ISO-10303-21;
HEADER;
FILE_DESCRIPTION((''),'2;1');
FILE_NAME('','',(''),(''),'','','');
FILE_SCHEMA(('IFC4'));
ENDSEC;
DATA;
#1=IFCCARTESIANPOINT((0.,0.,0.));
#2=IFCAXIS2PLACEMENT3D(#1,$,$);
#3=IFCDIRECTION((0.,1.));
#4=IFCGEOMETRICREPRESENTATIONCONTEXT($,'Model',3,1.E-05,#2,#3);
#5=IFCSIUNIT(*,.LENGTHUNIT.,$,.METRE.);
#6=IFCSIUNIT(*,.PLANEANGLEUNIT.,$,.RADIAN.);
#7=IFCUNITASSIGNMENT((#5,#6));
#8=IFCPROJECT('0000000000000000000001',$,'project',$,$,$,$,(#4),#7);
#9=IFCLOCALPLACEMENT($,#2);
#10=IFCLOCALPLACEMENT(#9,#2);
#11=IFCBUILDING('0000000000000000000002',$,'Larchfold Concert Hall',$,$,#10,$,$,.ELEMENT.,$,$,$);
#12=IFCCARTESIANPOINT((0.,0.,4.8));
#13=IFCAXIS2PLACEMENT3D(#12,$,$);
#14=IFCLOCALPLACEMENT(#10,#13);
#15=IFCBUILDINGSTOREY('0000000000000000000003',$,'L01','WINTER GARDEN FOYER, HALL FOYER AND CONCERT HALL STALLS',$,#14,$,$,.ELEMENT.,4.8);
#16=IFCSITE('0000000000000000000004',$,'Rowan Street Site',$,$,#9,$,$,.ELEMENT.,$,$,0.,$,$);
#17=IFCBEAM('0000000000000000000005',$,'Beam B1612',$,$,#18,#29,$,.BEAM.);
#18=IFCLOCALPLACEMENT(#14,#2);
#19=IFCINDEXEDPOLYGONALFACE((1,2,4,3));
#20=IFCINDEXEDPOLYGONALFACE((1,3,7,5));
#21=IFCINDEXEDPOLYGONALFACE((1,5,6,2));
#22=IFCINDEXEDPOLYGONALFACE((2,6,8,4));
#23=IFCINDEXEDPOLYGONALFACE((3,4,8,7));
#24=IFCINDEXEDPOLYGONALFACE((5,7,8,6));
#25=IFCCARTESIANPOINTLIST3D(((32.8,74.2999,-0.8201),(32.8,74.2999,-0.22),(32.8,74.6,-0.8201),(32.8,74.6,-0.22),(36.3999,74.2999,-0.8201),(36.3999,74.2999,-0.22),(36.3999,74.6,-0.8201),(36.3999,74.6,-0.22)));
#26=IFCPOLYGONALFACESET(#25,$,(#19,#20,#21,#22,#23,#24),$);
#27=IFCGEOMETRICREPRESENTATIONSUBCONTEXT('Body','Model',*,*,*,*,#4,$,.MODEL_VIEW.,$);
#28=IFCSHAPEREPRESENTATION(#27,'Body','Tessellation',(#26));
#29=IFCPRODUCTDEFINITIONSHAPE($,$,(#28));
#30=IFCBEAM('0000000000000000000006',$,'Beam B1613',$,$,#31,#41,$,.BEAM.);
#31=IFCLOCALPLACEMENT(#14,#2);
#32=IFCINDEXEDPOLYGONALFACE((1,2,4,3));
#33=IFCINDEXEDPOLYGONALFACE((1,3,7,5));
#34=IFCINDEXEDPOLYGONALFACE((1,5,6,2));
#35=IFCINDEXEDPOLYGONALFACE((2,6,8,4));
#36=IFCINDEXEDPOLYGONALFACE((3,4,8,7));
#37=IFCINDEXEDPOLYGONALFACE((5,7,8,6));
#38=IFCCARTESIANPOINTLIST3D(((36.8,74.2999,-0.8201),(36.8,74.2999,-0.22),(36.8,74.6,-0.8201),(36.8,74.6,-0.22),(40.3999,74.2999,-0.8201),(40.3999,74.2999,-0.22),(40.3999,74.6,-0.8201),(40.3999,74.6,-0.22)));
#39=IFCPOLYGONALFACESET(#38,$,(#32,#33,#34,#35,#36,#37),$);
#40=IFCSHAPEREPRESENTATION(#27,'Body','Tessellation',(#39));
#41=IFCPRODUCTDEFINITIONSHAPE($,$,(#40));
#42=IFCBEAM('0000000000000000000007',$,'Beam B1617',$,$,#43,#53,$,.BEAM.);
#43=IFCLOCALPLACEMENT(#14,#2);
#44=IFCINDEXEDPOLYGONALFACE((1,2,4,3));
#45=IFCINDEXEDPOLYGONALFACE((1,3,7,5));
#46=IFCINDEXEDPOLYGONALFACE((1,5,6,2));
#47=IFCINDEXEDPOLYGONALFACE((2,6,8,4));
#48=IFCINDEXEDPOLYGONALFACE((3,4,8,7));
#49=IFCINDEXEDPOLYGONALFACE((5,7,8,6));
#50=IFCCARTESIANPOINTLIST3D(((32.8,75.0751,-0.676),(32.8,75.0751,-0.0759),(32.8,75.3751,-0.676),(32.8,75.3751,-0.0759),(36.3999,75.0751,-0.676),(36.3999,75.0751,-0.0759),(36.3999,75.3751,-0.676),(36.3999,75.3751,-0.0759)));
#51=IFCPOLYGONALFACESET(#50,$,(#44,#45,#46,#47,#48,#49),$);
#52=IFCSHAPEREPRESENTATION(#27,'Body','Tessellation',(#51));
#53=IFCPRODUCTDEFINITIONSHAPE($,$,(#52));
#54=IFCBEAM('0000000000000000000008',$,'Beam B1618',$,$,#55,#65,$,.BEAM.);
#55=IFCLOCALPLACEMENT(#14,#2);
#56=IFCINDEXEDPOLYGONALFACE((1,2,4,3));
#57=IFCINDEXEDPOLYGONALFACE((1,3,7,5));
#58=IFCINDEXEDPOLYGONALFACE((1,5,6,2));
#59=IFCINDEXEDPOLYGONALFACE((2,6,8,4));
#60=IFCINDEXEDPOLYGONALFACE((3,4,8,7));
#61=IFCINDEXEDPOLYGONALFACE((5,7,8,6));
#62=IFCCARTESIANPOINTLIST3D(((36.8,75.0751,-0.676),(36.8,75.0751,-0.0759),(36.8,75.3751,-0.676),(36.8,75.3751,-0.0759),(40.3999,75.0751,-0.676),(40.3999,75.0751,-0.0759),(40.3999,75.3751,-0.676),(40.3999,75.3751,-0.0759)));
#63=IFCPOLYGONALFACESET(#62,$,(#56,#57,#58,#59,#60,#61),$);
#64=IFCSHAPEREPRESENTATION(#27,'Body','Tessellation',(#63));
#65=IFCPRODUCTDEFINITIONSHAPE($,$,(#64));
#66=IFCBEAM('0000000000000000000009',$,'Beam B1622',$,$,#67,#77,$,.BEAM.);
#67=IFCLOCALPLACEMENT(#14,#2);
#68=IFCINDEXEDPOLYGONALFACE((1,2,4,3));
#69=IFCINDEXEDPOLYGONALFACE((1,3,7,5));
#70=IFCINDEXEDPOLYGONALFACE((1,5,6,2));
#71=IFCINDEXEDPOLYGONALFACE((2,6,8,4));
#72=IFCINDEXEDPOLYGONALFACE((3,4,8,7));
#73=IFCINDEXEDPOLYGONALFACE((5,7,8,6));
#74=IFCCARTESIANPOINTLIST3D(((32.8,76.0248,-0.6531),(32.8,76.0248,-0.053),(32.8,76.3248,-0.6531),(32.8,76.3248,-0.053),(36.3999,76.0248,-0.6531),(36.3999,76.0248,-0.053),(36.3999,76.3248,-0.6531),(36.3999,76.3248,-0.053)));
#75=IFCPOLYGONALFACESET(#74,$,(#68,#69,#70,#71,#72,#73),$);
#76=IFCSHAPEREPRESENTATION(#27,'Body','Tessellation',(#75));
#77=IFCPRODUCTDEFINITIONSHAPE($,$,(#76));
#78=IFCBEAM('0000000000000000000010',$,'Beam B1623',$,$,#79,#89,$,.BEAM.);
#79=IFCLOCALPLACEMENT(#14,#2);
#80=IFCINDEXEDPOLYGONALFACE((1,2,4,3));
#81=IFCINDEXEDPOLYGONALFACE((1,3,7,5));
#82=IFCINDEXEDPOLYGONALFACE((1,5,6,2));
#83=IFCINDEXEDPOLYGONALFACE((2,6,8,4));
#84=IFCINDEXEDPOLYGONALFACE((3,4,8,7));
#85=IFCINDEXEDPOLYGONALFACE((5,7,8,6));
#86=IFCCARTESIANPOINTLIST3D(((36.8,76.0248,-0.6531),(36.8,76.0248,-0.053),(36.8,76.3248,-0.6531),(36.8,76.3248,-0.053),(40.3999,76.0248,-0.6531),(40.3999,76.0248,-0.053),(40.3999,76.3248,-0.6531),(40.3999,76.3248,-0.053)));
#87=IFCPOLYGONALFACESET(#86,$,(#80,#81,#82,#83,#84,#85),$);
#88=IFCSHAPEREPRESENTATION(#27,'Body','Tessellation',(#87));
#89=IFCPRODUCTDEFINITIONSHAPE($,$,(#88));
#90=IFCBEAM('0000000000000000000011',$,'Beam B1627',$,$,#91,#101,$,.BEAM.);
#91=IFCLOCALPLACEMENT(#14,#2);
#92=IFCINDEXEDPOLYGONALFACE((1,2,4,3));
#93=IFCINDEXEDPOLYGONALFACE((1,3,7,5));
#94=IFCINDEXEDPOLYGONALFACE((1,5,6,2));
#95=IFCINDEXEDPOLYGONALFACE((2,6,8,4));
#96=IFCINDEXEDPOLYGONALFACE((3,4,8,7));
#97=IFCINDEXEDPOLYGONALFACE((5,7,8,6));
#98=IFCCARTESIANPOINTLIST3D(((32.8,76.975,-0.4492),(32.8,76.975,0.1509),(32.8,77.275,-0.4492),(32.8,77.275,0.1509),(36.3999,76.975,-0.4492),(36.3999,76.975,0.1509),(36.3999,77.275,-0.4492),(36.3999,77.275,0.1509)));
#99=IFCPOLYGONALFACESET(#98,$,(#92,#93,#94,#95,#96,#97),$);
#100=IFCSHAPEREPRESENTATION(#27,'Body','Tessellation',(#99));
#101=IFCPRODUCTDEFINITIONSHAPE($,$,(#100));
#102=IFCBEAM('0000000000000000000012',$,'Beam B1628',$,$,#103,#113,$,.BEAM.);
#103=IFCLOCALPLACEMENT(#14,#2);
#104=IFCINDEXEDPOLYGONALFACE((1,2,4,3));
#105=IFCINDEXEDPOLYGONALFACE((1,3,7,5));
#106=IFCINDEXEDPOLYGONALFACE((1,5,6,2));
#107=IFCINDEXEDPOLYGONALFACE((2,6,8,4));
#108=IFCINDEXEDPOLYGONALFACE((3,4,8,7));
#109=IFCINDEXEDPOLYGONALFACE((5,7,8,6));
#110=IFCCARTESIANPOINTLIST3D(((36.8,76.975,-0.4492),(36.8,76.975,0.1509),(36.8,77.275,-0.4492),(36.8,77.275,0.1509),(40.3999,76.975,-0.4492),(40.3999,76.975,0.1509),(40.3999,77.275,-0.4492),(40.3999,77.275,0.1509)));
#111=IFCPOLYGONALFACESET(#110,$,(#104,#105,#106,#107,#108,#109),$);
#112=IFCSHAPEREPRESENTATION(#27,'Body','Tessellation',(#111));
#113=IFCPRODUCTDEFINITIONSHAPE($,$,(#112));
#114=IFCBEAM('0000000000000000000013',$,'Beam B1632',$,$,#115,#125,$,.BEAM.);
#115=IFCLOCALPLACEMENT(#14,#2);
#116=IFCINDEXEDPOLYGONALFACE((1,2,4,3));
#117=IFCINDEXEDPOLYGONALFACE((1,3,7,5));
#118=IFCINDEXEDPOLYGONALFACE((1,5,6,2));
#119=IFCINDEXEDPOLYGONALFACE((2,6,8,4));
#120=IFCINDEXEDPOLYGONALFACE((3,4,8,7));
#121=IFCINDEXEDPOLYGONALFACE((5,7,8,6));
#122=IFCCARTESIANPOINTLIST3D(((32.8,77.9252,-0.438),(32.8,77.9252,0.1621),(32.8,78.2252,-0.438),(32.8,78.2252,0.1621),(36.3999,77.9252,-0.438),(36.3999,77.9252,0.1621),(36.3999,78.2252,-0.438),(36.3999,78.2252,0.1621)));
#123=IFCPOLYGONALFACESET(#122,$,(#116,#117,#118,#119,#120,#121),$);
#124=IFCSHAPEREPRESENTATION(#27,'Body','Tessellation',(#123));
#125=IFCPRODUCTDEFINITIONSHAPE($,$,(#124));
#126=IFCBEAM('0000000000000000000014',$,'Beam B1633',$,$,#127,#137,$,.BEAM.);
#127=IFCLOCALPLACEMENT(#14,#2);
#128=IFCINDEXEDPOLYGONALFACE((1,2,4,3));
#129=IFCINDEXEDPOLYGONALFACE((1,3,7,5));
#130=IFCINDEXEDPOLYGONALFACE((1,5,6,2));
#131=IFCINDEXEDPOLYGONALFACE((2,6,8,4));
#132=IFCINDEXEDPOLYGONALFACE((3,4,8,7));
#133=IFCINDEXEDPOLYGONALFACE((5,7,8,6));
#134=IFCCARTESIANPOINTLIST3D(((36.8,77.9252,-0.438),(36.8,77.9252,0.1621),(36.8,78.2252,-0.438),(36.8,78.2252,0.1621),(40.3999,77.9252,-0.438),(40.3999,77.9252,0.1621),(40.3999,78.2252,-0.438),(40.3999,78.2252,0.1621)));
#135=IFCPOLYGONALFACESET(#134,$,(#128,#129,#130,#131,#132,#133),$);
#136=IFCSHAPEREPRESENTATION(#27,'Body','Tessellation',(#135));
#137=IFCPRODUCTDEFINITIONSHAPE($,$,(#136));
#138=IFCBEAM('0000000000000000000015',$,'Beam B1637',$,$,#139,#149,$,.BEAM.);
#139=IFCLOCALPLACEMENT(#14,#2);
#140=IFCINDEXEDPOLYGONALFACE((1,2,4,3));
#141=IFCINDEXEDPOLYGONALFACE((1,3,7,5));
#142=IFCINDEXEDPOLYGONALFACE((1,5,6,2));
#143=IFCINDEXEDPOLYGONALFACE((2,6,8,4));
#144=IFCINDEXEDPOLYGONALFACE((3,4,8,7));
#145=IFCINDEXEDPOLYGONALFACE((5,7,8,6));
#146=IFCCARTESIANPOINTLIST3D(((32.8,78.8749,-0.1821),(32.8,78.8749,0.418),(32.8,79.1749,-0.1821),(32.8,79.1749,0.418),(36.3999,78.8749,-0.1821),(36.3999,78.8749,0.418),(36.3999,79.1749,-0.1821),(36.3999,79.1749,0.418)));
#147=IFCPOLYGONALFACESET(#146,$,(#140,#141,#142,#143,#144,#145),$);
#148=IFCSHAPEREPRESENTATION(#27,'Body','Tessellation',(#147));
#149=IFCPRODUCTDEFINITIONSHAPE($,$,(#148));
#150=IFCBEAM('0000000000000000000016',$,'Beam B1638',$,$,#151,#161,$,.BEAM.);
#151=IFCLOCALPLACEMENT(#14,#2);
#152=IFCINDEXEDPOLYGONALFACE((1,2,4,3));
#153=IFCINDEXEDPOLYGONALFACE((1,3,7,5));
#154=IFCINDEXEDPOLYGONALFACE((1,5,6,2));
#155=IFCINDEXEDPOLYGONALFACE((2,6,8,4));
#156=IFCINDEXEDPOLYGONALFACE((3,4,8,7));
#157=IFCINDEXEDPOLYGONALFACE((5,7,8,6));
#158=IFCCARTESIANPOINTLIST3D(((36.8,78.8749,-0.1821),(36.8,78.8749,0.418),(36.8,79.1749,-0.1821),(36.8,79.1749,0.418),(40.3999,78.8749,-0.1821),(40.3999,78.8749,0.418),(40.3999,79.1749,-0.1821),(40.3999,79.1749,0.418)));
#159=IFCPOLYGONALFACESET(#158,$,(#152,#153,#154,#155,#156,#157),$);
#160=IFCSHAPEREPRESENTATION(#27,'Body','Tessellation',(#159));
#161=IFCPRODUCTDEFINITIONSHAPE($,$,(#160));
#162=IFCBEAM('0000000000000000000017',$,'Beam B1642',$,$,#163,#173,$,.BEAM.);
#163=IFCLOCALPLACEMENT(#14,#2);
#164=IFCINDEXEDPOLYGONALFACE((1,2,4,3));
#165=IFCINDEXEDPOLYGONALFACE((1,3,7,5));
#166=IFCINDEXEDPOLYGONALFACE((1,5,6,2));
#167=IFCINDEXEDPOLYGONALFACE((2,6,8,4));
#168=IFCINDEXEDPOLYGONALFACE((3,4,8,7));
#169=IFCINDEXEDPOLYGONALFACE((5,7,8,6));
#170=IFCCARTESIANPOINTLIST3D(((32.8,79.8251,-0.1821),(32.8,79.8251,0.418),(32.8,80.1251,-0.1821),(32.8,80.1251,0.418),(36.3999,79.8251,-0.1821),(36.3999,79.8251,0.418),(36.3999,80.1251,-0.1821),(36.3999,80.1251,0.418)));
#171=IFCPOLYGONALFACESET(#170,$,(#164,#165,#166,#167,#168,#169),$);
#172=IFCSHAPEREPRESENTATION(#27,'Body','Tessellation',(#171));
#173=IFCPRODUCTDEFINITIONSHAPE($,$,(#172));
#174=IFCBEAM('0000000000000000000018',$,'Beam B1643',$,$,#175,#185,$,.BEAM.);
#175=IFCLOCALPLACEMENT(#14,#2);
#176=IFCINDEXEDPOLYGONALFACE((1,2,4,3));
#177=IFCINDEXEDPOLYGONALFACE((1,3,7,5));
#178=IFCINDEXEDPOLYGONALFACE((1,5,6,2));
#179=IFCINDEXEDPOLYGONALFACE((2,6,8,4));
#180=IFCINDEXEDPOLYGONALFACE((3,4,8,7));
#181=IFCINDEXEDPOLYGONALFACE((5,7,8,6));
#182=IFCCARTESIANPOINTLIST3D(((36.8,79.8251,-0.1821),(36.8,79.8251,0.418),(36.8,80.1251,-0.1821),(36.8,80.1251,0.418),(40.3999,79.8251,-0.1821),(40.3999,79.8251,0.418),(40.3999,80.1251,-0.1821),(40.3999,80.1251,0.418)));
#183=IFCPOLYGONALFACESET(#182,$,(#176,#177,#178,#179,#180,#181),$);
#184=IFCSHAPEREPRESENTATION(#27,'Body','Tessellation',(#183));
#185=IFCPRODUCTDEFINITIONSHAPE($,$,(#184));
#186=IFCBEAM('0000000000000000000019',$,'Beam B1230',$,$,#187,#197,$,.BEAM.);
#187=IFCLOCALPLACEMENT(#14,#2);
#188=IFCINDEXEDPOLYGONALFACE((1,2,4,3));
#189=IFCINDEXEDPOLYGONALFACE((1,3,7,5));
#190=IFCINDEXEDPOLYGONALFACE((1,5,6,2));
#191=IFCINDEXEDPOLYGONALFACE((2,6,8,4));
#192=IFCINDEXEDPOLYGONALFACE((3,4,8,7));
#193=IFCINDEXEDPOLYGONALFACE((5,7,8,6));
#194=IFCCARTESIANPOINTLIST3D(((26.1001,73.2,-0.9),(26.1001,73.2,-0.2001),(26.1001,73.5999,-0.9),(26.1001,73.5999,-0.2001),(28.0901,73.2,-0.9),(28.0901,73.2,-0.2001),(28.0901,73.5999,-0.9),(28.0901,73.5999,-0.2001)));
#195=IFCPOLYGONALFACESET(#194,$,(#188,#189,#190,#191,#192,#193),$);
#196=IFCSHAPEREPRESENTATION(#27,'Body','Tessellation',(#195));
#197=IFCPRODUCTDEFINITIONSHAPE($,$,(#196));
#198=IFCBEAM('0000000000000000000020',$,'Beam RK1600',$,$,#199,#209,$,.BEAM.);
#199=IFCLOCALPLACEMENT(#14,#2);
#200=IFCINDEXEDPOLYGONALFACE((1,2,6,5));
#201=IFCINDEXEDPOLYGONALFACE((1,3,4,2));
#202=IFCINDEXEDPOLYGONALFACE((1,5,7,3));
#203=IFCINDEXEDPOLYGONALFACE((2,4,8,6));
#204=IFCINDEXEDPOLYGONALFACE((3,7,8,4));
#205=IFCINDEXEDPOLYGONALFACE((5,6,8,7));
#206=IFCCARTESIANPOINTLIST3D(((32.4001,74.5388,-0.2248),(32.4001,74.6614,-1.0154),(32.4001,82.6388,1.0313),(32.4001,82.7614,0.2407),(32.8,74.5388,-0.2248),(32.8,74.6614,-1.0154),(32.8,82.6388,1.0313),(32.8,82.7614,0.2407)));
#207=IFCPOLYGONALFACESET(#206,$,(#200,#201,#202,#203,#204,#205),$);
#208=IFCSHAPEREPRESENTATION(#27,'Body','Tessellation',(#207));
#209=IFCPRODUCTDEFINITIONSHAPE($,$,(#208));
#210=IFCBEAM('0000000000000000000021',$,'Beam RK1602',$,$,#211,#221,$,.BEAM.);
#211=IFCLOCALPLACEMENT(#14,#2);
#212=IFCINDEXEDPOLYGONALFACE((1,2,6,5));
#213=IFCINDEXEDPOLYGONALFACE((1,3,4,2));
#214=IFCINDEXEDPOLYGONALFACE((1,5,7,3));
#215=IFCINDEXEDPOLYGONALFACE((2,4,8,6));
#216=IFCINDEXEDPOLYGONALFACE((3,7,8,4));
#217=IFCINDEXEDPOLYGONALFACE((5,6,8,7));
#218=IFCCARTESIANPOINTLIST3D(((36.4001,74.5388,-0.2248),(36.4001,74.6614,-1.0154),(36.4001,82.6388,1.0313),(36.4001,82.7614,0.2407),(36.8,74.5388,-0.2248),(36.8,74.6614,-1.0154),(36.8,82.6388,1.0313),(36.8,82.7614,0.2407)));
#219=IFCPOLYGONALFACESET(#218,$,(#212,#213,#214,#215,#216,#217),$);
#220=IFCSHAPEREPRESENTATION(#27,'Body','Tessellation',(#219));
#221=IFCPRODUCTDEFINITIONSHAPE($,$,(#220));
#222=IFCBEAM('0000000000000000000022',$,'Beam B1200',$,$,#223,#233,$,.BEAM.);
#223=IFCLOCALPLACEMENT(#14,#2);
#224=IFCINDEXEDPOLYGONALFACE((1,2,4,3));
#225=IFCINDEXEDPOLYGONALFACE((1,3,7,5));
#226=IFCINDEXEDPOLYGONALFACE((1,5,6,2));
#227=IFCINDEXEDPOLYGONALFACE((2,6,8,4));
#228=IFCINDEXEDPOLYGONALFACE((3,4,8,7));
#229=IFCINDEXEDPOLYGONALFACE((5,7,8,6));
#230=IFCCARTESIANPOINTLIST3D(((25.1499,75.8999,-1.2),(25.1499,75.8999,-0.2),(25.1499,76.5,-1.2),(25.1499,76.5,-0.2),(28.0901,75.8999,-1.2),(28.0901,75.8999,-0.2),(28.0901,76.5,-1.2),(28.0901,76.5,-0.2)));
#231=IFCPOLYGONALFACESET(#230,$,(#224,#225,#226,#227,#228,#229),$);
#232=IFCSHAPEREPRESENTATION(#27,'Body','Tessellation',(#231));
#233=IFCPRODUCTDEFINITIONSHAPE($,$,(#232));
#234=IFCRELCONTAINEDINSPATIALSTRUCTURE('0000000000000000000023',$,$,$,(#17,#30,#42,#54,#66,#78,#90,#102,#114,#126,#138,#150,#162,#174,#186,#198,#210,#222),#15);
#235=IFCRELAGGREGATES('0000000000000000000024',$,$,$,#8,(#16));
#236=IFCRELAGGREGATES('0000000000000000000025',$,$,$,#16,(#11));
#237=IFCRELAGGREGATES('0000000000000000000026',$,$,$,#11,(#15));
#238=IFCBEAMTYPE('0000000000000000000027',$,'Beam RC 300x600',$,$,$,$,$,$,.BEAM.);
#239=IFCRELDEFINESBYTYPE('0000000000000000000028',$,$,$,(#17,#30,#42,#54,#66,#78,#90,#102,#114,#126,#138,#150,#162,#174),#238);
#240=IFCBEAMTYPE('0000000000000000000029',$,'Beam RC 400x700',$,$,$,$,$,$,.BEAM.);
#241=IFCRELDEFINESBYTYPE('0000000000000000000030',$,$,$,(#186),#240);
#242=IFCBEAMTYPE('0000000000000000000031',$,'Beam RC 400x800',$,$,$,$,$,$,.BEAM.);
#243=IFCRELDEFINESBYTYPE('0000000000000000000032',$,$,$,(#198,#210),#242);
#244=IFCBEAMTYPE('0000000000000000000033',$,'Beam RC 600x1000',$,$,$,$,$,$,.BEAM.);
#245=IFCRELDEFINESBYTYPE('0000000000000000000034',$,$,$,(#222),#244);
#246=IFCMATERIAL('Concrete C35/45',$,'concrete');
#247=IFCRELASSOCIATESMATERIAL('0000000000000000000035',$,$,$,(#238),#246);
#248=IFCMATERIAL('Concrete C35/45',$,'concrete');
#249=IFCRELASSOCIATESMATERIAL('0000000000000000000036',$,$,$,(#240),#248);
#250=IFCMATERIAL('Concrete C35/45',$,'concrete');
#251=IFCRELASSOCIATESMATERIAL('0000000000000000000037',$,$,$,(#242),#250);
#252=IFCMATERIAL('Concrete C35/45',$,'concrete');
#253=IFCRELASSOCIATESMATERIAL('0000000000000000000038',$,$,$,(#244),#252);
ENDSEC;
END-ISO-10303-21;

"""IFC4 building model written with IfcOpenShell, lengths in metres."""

from ifc_helpers import new_model, si_unit, direction, frame, origin, origin_2d, place, context, subcontext, project, spatial, rectangle, extrude, material, material_profile, profile_set, type_object, element, save


model = new_model("IFC4")

# Units and contexts
model_context = context("Model", 3, precision=1e-05, world=origin(), true_north=direction((0.0, 1.0)))
body_context = subcontext(model_context, "Body", "Model", "MODEL_VIEW")
ifc_project = project(units=[si_unit("LENGTHUNIT", "METRE"), si_unit("PLANEANGLEUNIT", "RADIAN")], contexts=[model_context])

# Site, building, storey
site_placement = place(None, origin())
site = spatial("IfcSite", under=ifc_project, at=site_placement, Name="Rowan Street Site", CompositionType="ELEMENT", RefElevation=0.0)
building_placement = place(site_placement, origin())
building = spatial("IfcBuilding", under=site, at=building_placement, Name="Larchfold Concert Hall", CompositionType="ELEMENT")
storey_placement = place(building_placement, frame((0.0, 0.0, 4.8)))
storey = spatial("IfcBuildingStorey", under=building, at=storey_placement, Name="L01", Description="WINTER GARDEN FOYER, HALL FOYER AND CONCERT HALL STALLS", CompositionType="ELEMENT", Elevation=4.8)

# Beams
ifc_material_1 = material(Name="Concrete C35/45", Category="concrete")
ifc_material_profile_1 = material_profile(ifc_material_1, rectangle(XDim=0.3, YDim=0.6001, at=origin_2d()))
ifc_profile_set_1 = profile_set([ifc_material_profile_1], Name="Concrete C35/45")
beam_type_1 = type_object("IfcBeamType", Name="Beam RC 300x600", PredefinedType="BEAM", material=ifc_profile_set_1)
for number, where, z_axis, x_axis, name in (
    (1, (32.8, 74.45, -0.52), (1.0, 0.0, 0.0), (0.0, 1.0, 0.0), "Beam B1612"),
    (2, (36.8, 74.45, -0.52), (1.0, 0.0, 0.0), (0.0, 1.0, 0.0), "Beam B1613"),
    (3, (32.8, 75.2251, -0.376), (1.0, 0.0, 0.0), (0.0, 1.0, 0.0), "Beam B1617"),
    (4, (36.8, 75.2251, -0.376), (1.0, 0.0, 0.0), (0.0, 1.0, 0.0), "Beam B1618"),
    (5, (32.8, 76.1748, -0.353), (1.0, 0.0, 0.0), (0.0, 1.0, 0.0), "Beam B1622"),
    (6, (36.8, 76.1748, -0.353), (1.0, 0.0, 0.0), (0.0, 1.0, 0.0), "Beam B1623"),
    (7, (32.8, 77.125, -0.1492), (1.0, 0.0, 0.0), (0.0, 1.0, 0.0), "Beam B1627"),
    (8, (36.8, 77.125, -0.1492), (1.0, 0.0, 0.0), (0.0, 1.0, 0.0), "Beam B1628"),
    (9, (32.8, 78.0752, -0.1379), (1.0, 0.0, 0.0), (0.0, 1.0, 0.0), "Beam B1632"),
    (10, (36.8, 78.0752, -0.1379), (1.0, 0.0, 0.0), (0.0, 1.0, 0.0), "Beam B1633"),
    (11, (32.8, 79.0249, 0.1179), (1.0, 0.0, 0.0), (0.0, 1.0, 0.0), "Beam B1637"),
    (12, (36.8, 79.0249, 0.1179), (1.0, 0.0, 0.0), (0.0, 1.0, 0.0), "Beam B1638"),
    (13, (32.8, 79.9751, 0.1179), (1.0, 0.0, 0.0), (0.0, 1.0, 0.0), "Beam B1642"),
    (14, (36.8, 79.9751, 0.1179), (1.0, 0.0, 0.0), (0.0, 1.0, 0.0), "Beam B1643"),
):
    element("IfcBeam", number, at=place(storey_placement, frame(where, z_axis=z_axis, x_axis=x_axis)), inside=storey, type_object=beam_type_1, Name=name, PredefinedType="BEAM", context=body_context, shape_type="SweptSolid", body=[
        extrude(rectangle(XDim=0.3, YDim=0.6001, at=origin_2d()), origin(), (0.0, 0.0, 1.0), 3.5999),
    ])
ifc_material_2 = material(Name="Concrete C35/45", Category="concrete")
ifc_material_profile_2 = material_profile(ifc_material_2, rectangle(XDim=0.3999, YDim=0.7, at=origin_2d()))
ifc_profile_set_2 = profile_set([ifc_material_profile_2], Name="Concrete C35/45")
beam_type_2 = type_object("IfcBeamType", Name="Beam RC 400x700", PredefinedType="BEAM", material=ifc_profile_set_2)
beam_1_placement = place(storey_placement, frame((26.1001, 73.3999, -0.55), z_axis=(1.0, 0.0, 0.0), x_axis=(0.0, 1.0, 0.0)))
element("IfcBeam", 15, at=beam_1_placement, inside=storey, type_object=beam_type_2, Name="Beam B1230", PredefinedType="BEAM", context=body_context, shape_type="SweptSolid", body=[
    extrude(rectangle(XDim=0.3999, YDim=0.7, at=origin_2d()), origin(), (0.0, 0.0, 1.0), 1.99),
])
ifc_material_3 = material(Name="Concrete C35/45", Category="concrete")
ifc_material_profile_3 = material_profile(ifc_material_3, rectangle(XDim=0.3999, YDim=0.8, at=origin_2d()))
ifc_profile_set_3 = profile_set([ifc_material_profile_3], Name="Concrete C35/45")
beam_type_3 = type_object("IfcBeamType", Name="Beam RC 400x800", PredefinedType="BEAM", material=ifc_profile_set_3)
for number, where, z_axis, x_axis, name in (
    (16, (32.6001, 74.6001, -0.6201), (0.0, 0.988188, 0.153246), (-1.0, 0.0, 0.0), "Beam RK1600"),
    (17, (36.6001, 74.6001, -0.6201), (0.0, 0.988188, 0.153246), (-1.0, 0.0, 0.0), "Beam RK1602"),
):
    element("IfcBeam", number, at=place(storey_placement, frame(where, z_axis=z_axis, x_axis=x_axis)), inside=storey, type_object=beam_type_3, Name=name, PredefinedType="BEAM", context=body_context, shape_type="SweptSolid", body=[
        extrude(rectangle(XDim=0.3999, YDim=0.8, at=origin_2d()), origin(), (0.0, 0.0, 1.0), 8.1968),
    ])
ifc_material_4 = material(Name="Concrete C35/45", Category="concrete")
ifc_material_profile_4 = material_profile(ifc_material_4, rectangle(XDim=0.6001, YDim=1.0, at=origin_2d()))
ifc_profile_set_4 = profile_set([ifc_material_profile_4], Name="Concrete C35/45")
beam_type_4 = type_object("IfcBeamType", Name="Beam RC 600x1000", PredefinedType="BEAM", material=ifc_profile_set_4)
beam_2_placement = place(storey_placement, frame((25.1499, 76.2, -0.7), z_axis=(1.0, 0.0, 0.0), x_axis=(0.0, 1.0, 0.0)))
element("IfcBeam", 18, at=beam_2_placement, inside=storey, type_object=beam_type_4, Name="Beam B1200", PredefinedType="BEAM", context=body_context, shape_type="SweptSolid", body=[
    extrude(rectangle(XDim=0.6001, YDim=1.0, at=origin_2d()), origin(), (0.0, 0.0, 1.0), 2.9402),
])

save(model, "model.ifc")
